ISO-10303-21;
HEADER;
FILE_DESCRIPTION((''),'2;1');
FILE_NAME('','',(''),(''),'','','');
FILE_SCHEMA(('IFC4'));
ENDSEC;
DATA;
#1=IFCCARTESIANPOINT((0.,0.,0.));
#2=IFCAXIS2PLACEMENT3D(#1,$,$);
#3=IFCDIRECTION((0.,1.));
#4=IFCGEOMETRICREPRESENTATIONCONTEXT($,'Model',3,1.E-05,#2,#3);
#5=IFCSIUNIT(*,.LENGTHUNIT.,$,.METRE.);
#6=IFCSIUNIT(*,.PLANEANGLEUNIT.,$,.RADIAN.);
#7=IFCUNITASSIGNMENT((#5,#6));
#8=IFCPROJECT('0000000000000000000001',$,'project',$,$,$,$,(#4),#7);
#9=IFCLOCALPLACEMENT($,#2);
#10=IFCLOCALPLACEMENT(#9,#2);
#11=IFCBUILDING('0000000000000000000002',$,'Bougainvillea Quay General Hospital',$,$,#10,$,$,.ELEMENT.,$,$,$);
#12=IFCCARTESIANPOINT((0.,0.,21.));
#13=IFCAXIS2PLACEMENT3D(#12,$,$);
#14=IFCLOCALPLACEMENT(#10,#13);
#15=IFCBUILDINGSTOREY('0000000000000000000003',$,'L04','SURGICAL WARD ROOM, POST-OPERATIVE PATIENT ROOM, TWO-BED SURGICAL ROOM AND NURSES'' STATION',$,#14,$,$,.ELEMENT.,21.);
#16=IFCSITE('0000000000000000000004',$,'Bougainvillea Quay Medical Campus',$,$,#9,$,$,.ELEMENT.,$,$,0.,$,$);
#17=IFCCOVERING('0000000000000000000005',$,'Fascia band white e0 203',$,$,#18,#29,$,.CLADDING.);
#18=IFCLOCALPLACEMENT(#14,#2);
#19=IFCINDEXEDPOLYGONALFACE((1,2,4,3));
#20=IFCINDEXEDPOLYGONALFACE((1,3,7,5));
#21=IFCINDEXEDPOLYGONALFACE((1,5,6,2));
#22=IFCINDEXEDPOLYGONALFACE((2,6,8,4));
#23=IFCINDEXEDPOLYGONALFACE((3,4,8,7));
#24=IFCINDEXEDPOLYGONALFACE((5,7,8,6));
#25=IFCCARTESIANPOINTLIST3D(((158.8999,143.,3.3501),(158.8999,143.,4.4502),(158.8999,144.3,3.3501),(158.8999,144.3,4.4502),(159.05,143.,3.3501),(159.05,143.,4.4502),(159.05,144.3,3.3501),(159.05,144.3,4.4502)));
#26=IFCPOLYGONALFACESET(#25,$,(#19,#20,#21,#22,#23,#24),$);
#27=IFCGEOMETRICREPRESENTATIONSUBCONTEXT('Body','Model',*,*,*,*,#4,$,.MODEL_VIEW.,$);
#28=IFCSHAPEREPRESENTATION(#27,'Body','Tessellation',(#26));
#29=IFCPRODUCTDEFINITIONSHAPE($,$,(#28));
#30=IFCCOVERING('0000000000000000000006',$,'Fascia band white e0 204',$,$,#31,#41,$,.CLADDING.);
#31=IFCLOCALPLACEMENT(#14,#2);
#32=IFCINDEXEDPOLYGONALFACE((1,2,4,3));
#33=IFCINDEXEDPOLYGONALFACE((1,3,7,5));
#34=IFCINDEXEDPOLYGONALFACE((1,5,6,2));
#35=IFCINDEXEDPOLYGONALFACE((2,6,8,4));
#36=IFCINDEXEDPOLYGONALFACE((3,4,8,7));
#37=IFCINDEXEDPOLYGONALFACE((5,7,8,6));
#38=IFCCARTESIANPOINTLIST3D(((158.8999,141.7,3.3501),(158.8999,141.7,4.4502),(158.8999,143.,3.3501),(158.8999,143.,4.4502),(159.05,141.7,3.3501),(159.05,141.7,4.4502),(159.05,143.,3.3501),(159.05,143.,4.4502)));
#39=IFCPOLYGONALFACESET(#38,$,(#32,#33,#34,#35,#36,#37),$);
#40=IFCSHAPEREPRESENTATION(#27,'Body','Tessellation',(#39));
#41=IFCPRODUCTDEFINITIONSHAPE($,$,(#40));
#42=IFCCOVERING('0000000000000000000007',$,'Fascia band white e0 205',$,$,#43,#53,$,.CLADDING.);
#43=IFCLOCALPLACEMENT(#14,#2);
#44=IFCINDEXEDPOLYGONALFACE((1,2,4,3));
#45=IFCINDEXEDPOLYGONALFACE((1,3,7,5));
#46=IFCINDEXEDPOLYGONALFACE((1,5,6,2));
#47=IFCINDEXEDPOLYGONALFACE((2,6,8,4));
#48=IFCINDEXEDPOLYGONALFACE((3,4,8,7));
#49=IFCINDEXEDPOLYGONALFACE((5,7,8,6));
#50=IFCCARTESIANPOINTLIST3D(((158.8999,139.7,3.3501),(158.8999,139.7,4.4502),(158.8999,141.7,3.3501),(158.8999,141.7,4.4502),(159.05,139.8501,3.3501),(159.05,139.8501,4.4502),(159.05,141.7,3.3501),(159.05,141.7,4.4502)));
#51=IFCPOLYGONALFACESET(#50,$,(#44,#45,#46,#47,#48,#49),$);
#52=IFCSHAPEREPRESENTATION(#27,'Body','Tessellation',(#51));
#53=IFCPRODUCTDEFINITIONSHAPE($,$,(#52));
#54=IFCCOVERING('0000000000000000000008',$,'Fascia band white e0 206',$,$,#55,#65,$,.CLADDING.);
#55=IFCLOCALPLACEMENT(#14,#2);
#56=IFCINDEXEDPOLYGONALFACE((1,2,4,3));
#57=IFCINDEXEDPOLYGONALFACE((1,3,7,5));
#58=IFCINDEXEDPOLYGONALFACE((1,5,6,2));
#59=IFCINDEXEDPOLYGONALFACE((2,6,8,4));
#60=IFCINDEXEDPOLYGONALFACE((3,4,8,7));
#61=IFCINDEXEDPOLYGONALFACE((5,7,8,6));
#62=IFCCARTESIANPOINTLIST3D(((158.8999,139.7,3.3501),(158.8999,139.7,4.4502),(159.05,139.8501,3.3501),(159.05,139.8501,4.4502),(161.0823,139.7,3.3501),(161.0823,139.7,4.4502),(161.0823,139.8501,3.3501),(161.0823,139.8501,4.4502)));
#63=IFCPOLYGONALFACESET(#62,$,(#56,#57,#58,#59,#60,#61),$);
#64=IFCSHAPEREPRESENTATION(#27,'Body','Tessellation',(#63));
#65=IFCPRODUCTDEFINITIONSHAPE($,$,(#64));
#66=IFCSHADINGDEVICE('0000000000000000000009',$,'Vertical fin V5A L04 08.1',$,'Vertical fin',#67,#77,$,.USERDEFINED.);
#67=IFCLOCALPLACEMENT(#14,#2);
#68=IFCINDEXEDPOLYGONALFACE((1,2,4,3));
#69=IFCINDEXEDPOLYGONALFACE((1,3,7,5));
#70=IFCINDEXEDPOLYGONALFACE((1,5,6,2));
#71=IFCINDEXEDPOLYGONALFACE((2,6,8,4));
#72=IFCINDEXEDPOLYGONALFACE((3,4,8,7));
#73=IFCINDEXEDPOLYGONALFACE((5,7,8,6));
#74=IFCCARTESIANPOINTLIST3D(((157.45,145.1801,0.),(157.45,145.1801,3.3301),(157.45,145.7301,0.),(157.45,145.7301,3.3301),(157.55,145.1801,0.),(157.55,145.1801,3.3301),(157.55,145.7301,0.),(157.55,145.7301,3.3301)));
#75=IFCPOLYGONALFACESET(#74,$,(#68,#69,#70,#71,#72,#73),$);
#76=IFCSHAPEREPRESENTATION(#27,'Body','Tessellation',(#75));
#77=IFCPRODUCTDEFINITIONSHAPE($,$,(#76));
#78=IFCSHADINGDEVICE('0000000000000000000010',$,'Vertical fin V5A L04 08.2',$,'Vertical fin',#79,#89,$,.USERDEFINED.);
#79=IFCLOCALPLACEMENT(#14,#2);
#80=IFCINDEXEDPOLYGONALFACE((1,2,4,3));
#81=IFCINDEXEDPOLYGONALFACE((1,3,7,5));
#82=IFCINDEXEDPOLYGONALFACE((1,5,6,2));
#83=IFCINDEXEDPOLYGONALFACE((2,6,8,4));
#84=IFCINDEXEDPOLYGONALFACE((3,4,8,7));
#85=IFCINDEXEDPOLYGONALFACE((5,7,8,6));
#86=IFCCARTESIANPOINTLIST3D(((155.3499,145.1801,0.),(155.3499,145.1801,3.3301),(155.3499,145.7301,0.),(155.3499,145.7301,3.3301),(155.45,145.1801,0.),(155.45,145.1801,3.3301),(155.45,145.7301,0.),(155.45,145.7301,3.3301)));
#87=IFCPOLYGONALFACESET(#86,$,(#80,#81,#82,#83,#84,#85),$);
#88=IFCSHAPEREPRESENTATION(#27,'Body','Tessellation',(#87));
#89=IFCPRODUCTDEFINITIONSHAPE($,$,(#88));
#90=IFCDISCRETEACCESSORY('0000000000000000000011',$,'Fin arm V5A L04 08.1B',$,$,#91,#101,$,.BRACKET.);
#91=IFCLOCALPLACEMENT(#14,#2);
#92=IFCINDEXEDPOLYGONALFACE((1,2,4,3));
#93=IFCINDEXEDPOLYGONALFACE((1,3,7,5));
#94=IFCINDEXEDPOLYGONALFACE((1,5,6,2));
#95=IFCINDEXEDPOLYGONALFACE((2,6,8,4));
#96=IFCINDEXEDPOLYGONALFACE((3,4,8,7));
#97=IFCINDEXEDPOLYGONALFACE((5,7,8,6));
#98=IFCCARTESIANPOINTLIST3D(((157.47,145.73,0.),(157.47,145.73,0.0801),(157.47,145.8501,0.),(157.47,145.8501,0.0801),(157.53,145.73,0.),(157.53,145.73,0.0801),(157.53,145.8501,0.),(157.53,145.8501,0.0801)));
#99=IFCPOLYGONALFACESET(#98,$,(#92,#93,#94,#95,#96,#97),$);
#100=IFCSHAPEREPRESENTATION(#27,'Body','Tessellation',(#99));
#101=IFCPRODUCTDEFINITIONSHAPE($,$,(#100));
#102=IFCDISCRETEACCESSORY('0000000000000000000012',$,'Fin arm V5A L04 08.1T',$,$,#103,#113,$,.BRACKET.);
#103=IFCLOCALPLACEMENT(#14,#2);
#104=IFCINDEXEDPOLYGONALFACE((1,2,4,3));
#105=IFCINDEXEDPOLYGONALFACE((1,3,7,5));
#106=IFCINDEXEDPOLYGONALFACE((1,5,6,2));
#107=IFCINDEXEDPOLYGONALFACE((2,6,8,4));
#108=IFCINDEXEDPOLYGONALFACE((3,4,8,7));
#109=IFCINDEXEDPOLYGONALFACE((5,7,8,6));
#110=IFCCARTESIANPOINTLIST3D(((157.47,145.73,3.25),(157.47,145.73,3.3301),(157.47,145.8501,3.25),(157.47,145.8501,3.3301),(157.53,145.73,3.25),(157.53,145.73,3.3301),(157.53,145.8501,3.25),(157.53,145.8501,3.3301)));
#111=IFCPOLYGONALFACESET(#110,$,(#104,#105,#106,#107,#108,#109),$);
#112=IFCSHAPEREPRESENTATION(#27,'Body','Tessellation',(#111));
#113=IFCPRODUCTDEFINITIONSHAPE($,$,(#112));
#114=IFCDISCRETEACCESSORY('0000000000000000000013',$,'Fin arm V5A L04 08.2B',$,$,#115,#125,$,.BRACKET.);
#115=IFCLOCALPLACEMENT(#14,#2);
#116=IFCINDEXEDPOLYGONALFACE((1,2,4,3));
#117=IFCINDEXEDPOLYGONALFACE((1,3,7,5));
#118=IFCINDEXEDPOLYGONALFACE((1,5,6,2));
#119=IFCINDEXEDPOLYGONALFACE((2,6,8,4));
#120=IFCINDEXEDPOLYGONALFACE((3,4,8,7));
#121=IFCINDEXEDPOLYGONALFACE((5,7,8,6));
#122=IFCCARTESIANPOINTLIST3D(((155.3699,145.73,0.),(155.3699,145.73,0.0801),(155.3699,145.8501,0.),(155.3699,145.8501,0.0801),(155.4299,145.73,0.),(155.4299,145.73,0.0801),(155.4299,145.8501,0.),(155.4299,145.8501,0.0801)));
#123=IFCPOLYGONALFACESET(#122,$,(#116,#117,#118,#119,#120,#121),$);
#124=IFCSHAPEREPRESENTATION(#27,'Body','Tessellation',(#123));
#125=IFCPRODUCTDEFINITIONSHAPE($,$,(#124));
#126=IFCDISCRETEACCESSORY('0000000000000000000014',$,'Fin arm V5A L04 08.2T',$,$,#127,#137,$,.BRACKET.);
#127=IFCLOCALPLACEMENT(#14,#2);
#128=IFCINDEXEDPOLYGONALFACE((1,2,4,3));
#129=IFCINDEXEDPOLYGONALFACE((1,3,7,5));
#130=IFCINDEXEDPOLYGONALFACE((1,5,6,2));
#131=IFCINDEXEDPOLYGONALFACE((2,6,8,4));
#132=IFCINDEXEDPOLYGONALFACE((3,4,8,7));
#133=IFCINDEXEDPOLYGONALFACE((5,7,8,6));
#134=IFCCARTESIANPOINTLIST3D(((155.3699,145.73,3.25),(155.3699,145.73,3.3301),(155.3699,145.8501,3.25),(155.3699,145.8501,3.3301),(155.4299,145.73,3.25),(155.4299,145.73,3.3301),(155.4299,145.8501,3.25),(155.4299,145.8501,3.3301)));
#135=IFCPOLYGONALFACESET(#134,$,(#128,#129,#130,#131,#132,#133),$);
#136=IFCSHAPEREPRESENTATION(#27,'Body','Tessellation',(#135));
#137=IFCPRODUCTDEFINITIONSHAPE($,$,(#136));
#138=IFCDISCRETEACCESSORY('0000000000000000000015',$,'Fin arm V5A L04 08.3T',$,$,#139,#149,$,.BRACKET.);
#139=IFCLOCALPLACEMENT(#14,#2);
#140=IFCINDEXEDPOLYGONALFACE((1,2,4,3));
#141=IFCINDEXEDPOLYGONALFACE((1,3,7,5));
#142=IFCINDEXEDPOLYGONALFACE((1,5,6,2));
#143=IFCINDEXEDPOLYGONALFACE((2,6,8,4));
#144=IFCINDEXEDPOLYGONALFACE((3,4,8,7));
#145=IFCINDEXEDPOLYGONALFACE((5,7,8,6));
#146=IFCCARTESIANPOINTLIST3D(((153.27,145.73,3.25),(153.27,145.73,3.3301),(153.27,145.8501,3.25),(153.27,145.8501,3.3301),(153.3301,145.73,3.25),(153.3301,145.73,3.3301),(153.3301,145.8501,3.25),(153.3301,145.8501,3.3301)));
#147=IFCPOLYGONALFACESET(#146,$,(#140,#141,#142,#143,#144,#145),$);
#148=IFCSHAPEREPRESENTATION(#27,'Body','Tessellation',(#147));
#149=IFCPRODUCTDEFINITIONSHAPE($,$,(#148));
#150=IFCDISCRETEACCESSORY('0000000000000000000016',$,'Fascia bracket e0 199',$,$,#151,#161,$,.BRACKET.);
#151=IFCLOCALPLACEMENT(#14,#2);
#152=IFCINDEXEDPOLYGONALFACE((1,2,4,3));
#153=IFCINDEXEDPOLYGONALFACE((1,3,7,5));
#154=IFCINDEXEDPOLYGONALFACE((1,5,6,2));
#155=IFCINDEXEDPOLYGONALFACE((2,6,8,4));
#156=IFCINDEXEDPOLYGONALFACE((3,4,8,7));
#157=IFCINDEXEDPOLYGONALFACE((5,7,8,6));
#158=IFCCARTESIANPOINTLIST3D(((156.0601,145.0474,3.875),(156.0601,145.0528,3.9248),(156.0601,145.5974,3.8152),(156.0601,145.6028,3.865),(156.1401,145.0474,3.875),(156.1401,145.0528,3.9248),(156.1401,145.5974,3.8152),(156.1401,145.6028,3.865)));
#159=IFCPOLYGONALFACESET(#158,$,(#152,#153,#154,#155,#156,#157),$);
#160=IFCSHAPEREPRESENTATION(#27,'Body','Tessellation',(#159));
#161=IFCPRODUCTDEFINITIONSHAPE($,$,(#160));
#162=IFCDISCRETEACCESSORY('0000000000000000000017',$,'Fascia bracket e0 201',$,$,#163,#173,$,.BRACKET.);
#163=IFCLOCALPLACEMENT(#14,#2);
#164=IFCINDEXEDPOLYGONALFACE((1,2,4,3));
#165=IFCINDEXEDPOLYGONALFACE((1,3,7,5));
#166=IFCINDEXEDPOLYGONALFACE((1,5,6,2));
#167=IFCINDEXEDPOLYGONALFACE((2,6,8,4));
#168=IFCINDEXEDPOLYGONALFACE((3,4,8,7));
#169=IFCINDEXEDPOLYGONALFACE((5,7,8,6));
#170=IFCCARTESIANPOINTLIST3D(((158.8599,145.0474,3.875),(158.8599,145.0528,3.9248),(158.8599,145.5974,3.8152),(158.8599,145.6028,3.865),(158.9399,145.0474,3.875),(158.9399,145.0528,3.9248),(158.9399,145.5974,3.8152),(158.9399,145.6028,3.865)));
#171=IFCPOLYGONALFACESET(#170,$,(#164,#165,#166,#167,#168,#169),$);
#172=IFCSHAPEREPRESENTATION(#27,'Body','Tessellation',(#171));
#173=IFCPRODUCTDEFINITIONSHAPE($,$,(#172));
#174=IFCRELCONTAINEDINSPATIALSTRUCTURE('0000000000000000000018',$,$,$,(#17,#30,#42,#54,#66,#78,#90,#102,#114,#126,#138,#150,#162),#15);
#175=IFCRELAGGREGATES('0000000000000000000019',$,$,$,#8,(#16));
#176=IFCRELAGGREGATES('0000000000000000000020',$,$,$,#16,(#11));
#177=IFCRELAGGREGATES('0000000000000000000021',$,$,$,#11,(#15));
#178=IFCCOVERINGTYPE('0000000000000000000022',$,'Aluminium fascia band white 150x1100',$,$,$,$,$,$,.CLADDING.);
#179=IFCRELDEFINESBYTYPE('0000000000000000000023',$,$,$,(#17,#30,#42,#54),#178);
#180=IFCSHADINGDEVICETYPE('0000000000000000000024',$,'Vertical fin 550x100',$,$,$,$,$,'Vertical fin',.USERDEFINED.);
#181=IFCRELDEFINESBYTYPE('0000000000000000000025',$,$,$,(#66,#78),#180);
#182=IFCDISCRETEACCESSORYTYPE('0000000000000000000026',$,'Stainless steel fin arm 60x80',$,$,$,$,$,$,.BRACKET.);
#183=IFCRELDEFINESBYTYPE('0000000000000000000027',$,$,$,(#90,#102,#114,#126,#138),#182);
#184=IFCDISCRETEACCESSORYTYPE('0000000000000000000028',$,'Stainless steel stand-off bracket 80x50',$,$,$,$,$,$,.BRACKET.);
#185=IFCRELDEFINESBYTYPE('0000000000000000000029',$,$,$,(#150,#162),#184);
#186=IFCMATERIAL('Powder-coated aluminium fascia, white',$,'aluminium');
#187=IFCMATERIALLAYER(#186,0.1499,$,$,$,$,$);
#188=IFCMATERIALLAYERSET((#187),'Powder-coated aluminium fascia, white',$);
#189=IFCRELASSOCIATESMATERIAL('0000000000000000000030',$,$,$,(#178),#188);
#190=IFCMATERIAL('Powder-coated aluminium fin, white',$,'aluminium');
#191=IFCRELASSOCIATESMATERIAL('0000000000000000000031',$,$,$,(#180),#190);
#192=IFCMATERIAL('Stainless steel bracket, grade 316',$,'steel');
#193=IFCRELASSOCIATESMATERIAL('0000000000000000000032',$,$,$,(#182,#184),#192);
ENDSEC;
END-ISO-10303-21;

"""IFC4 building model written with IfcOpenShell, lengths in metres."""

from ifc_helpers import new_model, si_unit, direction, frame, origin, origin_2d, place, context, subcontext, project, spatial, polyline, rectangle, outline, extrude, material, layer, layer_set, material_profile, profile_set, type_object, element, save


model = new_model("IFC4")

# Units and contexts
model_context = context("Model", 3, precision=1e-05, world=origin(), true_north=direction((0.0, 1.0)))
body_context = subcontext(model_context, "Body", "Model", "MODEL_VIEW")
ifc_project = project(units=[si_unit("LENGTHUNIT", "METRE"), si_unit("PLANEANGLEUNIT", "RADIAN")], contexts=[model_context])

# Site, building, storey
site_placement = place(None, origin())
site = spatial("IfcSite", under=ifc_project, at=site_placement, Name="Bougainvillea Quay Medical Campus", CompositionType="ELEMENT", RefElevation=0.0)
building_placement = place(site_placement, origin())
building = spatial("IfcBuilding", under=site, at=building_placement, Name="Bougainvillea Quay General Hospital", CompositionType="ELEMENT")
storey_placement = place(building_placement, frame((0.0, 0.0, 21.0)))
storey = spatial("IfcBuildingStorey", under=building, at=storey_placement, Name="L04", Description="SURGICAL WARD ROOM, POST-OPERATIVE PATIENT ROOM, TWO-BED SURGICAL ROOM AND NURSES' STATION", CompositionType="ELEMENT", Elevation=21.0)

# Coverings
ifc_material_1 = material(Name="Powder-coated aluminium fascia, white", Category="aluminium")
ifc_layer_1 = layer(ifc_material_1, 0.1499)
ifc_layer_set_1 = layer_set([ifc_layer_1], Name="Powder-coated aluminium fascia, white")
covering_type = type_object("IfcCoveringType", Name="Aluminium fascia band white 150x1100", PredefinedType="CLADDING", material=ifc_layer_set_1)
for number, where, z_axis, x_axis, name in (
    (1, (159.05, 144.3, 3.3501), (0.0, 0.0, 1.0), (0.0, -1.0, 0.0), "Fascia band white e0 203"),
    (2, (159.05, 143.0, 3.3501), (0.0, 0.0, 1.0), (0.0, -1.0, 0.0), "Fascia band white e0 204"),
):
    element("IfcCovering", number, at=place(storey_placement, frame(where, z_axis=z_axis, x_axis=x_axis)), inside=storey, type_object=covering_type, Name=name, PredefinedType="CLADDING", context=body_context, shape_type="SweptSolid", body=[
        extrude(outline(polyline([(0.0, 0.0), (1.3, 0.0), (1.3, -0.1501), (0.0, -0.1501), (0.0, 0.0)])), origin(), (0.0, 0.0, 1.0), 1.1001),
    ])
covering_1_placement = place(storey_placement, frame((159.05, 141.7, 3.3501), z_axis=(0.0, 0.0, 1.0), x_axis=(0.0, -1.0, 0.0)))
element("IfcCovering", 3, at=covering_1_placement, inside=storey, type_object=covering_type, Name="Fascia band white e0 205", PredefinedType="CLADDING", context=body_context, shape_type="SweptSolid", body=[
    extrude(outline(polyline([(0.0, 0.0), (1.8499, 0.0), (2.0, -0.1501), (0.0, -0.1501), (0.0, 0.0)])), origin(), (0.0, 0.0, 1.0), 1.1001),
])
covering_2_placement = place(storey_placement, frame((159.05, 139.8501, 3.3501), z_axis=(0.0, 0.0, 1.0), x_axis=(1.0, 0.0, 0.0)))
element("IfcCovering", 4, at=covering_2_placement, inside=storey, type_object=covering_type, Name="Fascia band white e0 206", PredefinedType="CLADDING", context=body_context, shape_type="SweptSolid", body=[
    extrude(outline(polyline([(0.0, 0.0), (2.0322, 0.0), (2.0322, -0.1501), (-0.1501, -0.1501), (0.0, 0.0)])), origin(), (0.0, 0.0, 1.0), 1.1001),
])

# Shading devices
ifc_material_2 = material(Name="Powder-coated aluminium fin, white", Category="aluminium")
ifc_material_profile_1 = material_profile(ifc_material_2, rectangle(XDim=0.55, YDim=0.1001, at=origin_2d()))
ifc_profile_set_1 = profile_set([ifc_material_profile_1], Name="Powder-coated aluminium fin, white")
shading_device_type = type_object("IfcShadingDeviceType", Name="Vertical fin 550x100", ElementType="Vertical fin", PredefinedType="USERDEFINED", material=ifc_profile_set_1)
for number, where, z_axis, x_axis, name in (
    (5, (157.5, 145.4551, 0.0), (0.0, 0.0, 1.0), (0.0, -1.0, 0.0), "Vertical fin V5A L04 08.1"),
    (6, (155.3999, 145.4551, 0.0), (0.0, 0.0, 1.0), (0.0, -1.0, 0.0), "Vertical fin V5A L04 08.2"),
):
    element("IfcShadingDevice", number, at=place(storey_placement, frame(where, z_axis=z_axis, x_axis=x_axis)), inside=storey, type_object=shading_device_type, Name=name, ObjectType="Vertical fin", PredefinedType="USERDEFINED", context=body_context, shape_type="SweptSolid", body=[
        extrude(rectangle(XDim=0.55, YDim=0.1001, at=origin_2d()), origin(), (0.0, 0.0, 1.0), 3.3301),
    ])

# Discrete accessories
ifc_material_3 = material(Name="Stainless steel bracket, grade 316", Category="steel")
discrete_accessory_type_1 = type_object("IfcDiscreteAccessoryType", Name="Stainless steel fin arm 60x80", PredefinedType="BRACKET", material=ifc_material_3)
for number, where, z_axis, x_axis, name in (
    (7, (157.5, 145.79, 0.0), (0.0, 0.0, 1.0), (0.0, -1.0, 0.0), "Fin arm V5A L04 08.1B"),
    (8, (157.5, 145.79, 3.25), (0.0, 0.0, 1.0), (0.0, -1.0, 0.0), "Fin arm V5A L04 08.1T"),
    (9, (155.3999, 145.79, 0.0), (0.0, 0.0, 1.0), (0.0, -1.0, 0.0), "Fin arm V5A L04 08.2B"),
    (10, (155.3999, 145.79, 3.25), (0.0, 0.0, 1.0), (0.0, -1.0, 0.0), "Fin arm V5A L04 08.2T"),
    (11, (153.3, 145.79, 3.25), (0.0, 0.0, 1.0), (0.0, -1.0, 0.0), "Fin arm V5A L04 08.3T"),
):
    element("IfcDiscreteAccessory", number, at=place(storey_placement, frame(where, z_axis=z_axis, x_axis=x_axis)), inside=storey, type_object=discrete_accessory_type_1, Name=name, PredefinedType="BRACKET", context=body_context, shape_type="SweptSolid", body=[
        extrude(rectangle(XDim=0.1201, YDim=0.0601, at=origin_2d()), origin(), (0.0, 0.0, 1.0), 0.0801),
    ])
ifc_material_profile_2 = material_profile(ifc_material_3, rectangle(XDim=0.0801, YDim=0.05, at=origin_2d()))
ifc_profile_set_2 = profile_set([ifc_material_profile_2], Name="Stainless steel bracket, grade 316")
discrete_accessory_type_2 = type_object("IfcDiscreteAccessoryType", Name="Stainless steel stand-off bracket 80x50", PredefinedType="BRACKET", material=ifc_profile_set_2)
for number, where, z_axis, x_axis, name in (
    (12, (156.1001, 145.6001, 3.8401), (0.0, -0.994139, 0.108107), (1.0, 0.0, 0.0), "Fascia bracket e0 199"),
    (13, (158.8999, 145.6001, 3.8401), (0.0, -0.994139, 0.108107), (1.0, 0.0, 0.0), "Fascia bracket e0 201"),
):
    element("IfcDiscreteAccessory", number, at=place(storey_placement, frame(where, z_axis=z_axis, x_axis=x_axis)), inside=storey, type_object=discrete_accessory_type_2, Name=name, PredefinedType="BRACKET", context=body_context, shape_type="SweptSolid", body=[
        extrude(rectangle(XDim=0.0801, YDim=0.05, at=origin_2d()), origin(), (0.0, 0.0, 1.0), 0.5532),
    ])

save(model, "model.ifc")
